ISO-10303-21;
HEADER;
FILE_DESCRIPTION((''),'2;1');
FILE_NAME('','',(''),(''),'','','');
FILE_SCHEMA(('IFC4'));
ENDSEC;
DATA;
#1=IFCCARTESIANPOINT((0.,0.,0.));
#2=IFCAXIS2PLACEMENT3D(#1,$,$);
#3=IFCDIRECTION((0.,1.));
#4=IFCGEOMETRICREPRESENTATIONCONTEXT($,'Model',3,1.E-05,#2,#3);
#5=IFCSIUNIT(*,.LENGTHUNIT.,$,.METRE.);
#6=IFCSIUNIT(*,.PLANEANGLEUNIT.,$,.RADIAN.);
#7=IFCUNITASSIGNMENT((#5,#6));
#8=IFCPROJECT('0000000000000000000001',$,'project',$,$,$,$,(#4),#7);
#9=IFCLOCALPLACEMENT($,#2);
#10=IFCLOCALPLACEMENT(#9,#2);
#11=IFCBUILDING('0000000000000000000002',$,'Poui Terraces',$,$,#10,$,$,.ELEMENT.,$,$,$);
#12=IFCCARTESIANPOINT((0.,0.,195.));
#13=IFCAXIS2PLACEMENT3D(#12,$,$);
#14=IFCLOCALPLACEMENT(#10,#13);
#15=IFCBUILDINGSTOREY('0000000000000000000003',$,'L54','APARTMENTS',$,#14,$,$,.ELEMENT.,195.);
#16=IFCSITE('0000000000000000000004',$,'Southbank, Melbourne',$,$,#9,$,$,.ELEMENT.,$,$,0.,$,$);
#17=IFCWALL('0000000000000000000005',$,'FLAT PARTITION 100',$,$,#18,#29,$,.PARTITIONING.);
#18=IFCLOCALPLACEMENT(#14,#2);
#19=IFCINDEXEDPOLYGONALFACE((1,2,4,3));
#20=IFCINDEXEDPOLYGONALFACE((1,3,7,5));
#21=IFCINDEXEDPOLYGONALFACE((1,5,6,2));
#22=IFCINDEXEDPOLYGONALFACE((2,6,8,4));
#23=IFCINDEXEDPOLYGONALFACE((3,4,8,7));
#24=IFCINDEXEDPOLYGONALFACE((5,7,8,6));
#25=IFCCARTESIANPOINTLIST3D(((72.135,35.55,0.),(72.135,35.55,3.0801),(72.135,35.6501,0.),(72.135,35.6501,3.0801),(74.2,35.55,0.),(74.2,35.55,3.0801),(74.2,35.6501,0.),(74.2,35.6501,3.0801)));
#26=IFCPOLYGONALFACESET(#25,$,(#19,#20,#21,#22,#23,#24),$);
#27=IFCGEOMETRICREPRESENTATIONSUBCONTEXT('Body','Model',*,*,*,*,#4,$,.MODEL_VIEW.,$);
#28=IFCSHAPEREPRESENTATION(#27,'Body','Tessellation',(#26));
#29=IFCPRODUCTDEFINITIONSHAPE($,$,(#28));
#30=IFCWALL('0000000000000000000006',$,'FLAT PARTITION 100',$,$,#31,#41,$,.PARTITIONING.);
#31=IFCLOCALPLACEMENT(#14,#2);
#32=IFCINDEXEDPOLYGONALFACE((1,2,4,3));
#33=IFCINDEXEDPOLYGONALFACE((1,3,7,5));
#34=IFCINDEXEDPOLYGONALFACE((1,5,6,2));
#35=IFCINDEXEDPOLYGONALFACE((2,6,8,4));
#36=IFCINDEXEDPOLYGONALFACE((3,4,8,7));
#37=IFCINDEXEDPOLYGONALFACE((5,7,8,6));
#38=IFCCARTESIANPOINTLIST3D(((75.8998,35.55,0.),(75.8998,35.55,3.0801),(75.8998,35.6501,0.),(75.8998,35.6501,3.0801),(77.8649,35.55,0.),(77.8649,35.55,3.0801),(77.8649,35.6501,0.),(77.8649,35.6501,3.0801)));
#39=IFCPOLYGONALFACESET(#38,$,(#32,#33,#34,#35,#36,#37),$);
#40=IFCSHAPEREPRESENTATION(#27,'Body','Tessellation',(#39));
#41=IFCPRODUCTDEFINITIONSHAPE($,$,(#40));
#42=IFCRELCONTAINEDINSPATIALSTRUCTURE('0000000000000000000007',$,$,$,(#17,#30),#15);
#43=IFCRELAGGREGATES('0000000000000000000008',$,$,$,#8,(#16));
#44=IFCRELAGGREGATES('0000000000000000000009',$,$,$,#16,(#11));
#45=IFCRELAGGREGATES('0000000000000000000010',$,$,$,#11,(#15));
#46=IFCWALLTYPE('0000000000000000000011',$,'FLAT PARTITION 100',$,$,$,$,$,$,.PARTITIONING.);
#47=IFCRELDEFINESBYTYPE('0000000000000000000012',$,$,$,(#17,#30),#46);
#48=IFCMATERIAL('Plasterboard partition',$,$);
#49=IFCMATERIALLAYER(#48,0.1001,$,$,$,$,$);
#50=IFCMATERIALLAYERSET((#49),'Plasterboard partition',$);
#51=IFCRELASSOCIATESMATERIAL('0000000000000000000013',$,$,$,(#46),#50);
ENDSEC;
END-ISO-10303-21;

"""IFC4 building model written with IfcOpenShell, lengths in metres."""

from ifc_helpers import new_model, si_unit, direction, frame, frame_2d, origin, place, context, subcontext, project, spatial, rectangle, extrude, material, layer, layer_set, type_object, element, save


model = new_model("IFC4")

# Units and contexts
model_context = context("Model", 3, precision=1e-05, world=origin(), true_north=direction((0.0, 1.0)))
body_context = subcontext(model_context, "Body", "Model", "MODEL_VIEW")
ifc_project = project(units=[si_unit("LENGTHUNIT", "METRE"), si_unit("PLANEANGLEUNIT", "RADIAN")], contexts=[model_context])

# Site, building, storey
site_placement = place(None, origin())
site = spatial("IfcSite", under=ifc_project, at=site_placement, Name="Southbank, Melbourne", CompositionType="ELEMENT", RefElevation=0.0)
building_placement = place(site_placement, origin())
building = spatial("IfcBuilding", under=site, at=building_placement, Name="Poui Terraces", CompositionType="ELEMENT")
storey_placement = place(building_placement, frame((0.0, 0.0, 195.0)))
storey = spatial("IfcBuildingStorey", under=building, at=storey_placement, Name="L54", Description="APARTMENTS", CompositionType="ELEMENT", Elevation=195.0)

# Walls
ifc_material = material(Name="Plasterboard partition")
ifc_layer = layer(ifc_material, 0.1001)
ifc_layer_set = layer_set([ifc_layer], Name="Plasterboard partition")
wall_type = type_object("IfcWallType", Name="FLAT PARTITION 100", PredefinedType="PARTITIONING", material=ifc_layer_set)
wall_1_placement = place(storey_placement, frame((72.135, 35.6001, 0.0), z_axis=(0.0, 0.0, 1.0), x_axis=(1.0, 0.0, 0.0)))
element("IfcWall", 1, at=wall_1_placement, inside=storey, type_object=wall_type, Name="FLAT PARTITION 100", PredefinedType="PARTITIONING", context=body_context, shape_type="SweptSolid", body=[
    extrude(rectangle(XDim=2.0649, YDim=0.1001, at=frame_2d((1.0325, 0.0))), origin(), (0.0, 0.0, 1.0), 3.0801),
])
wall_2_placement = place(storey_placement, frame((75.8999, 35.6001, 0.0), z_axis=(0.0, 0.0, 1.0), x_axis=(1.0, 0.0, 0.0)))
element("IfcWall", 2, at=wall_2_placement, inside=storey, type_object=wall_type, Name="FLAT PARTITION 100", PredefinedType="PARTITIONING", context=body_context, shape_type="SweptSolid", body=[
    extrude(rectangle(XDim=1.9651, YDim=0.1001, at=frame_2d((0.9824, 0.0))), origin(), (0.0, 0.0, 1.0), 3.0801),
])

save(model, "model.ifc")
